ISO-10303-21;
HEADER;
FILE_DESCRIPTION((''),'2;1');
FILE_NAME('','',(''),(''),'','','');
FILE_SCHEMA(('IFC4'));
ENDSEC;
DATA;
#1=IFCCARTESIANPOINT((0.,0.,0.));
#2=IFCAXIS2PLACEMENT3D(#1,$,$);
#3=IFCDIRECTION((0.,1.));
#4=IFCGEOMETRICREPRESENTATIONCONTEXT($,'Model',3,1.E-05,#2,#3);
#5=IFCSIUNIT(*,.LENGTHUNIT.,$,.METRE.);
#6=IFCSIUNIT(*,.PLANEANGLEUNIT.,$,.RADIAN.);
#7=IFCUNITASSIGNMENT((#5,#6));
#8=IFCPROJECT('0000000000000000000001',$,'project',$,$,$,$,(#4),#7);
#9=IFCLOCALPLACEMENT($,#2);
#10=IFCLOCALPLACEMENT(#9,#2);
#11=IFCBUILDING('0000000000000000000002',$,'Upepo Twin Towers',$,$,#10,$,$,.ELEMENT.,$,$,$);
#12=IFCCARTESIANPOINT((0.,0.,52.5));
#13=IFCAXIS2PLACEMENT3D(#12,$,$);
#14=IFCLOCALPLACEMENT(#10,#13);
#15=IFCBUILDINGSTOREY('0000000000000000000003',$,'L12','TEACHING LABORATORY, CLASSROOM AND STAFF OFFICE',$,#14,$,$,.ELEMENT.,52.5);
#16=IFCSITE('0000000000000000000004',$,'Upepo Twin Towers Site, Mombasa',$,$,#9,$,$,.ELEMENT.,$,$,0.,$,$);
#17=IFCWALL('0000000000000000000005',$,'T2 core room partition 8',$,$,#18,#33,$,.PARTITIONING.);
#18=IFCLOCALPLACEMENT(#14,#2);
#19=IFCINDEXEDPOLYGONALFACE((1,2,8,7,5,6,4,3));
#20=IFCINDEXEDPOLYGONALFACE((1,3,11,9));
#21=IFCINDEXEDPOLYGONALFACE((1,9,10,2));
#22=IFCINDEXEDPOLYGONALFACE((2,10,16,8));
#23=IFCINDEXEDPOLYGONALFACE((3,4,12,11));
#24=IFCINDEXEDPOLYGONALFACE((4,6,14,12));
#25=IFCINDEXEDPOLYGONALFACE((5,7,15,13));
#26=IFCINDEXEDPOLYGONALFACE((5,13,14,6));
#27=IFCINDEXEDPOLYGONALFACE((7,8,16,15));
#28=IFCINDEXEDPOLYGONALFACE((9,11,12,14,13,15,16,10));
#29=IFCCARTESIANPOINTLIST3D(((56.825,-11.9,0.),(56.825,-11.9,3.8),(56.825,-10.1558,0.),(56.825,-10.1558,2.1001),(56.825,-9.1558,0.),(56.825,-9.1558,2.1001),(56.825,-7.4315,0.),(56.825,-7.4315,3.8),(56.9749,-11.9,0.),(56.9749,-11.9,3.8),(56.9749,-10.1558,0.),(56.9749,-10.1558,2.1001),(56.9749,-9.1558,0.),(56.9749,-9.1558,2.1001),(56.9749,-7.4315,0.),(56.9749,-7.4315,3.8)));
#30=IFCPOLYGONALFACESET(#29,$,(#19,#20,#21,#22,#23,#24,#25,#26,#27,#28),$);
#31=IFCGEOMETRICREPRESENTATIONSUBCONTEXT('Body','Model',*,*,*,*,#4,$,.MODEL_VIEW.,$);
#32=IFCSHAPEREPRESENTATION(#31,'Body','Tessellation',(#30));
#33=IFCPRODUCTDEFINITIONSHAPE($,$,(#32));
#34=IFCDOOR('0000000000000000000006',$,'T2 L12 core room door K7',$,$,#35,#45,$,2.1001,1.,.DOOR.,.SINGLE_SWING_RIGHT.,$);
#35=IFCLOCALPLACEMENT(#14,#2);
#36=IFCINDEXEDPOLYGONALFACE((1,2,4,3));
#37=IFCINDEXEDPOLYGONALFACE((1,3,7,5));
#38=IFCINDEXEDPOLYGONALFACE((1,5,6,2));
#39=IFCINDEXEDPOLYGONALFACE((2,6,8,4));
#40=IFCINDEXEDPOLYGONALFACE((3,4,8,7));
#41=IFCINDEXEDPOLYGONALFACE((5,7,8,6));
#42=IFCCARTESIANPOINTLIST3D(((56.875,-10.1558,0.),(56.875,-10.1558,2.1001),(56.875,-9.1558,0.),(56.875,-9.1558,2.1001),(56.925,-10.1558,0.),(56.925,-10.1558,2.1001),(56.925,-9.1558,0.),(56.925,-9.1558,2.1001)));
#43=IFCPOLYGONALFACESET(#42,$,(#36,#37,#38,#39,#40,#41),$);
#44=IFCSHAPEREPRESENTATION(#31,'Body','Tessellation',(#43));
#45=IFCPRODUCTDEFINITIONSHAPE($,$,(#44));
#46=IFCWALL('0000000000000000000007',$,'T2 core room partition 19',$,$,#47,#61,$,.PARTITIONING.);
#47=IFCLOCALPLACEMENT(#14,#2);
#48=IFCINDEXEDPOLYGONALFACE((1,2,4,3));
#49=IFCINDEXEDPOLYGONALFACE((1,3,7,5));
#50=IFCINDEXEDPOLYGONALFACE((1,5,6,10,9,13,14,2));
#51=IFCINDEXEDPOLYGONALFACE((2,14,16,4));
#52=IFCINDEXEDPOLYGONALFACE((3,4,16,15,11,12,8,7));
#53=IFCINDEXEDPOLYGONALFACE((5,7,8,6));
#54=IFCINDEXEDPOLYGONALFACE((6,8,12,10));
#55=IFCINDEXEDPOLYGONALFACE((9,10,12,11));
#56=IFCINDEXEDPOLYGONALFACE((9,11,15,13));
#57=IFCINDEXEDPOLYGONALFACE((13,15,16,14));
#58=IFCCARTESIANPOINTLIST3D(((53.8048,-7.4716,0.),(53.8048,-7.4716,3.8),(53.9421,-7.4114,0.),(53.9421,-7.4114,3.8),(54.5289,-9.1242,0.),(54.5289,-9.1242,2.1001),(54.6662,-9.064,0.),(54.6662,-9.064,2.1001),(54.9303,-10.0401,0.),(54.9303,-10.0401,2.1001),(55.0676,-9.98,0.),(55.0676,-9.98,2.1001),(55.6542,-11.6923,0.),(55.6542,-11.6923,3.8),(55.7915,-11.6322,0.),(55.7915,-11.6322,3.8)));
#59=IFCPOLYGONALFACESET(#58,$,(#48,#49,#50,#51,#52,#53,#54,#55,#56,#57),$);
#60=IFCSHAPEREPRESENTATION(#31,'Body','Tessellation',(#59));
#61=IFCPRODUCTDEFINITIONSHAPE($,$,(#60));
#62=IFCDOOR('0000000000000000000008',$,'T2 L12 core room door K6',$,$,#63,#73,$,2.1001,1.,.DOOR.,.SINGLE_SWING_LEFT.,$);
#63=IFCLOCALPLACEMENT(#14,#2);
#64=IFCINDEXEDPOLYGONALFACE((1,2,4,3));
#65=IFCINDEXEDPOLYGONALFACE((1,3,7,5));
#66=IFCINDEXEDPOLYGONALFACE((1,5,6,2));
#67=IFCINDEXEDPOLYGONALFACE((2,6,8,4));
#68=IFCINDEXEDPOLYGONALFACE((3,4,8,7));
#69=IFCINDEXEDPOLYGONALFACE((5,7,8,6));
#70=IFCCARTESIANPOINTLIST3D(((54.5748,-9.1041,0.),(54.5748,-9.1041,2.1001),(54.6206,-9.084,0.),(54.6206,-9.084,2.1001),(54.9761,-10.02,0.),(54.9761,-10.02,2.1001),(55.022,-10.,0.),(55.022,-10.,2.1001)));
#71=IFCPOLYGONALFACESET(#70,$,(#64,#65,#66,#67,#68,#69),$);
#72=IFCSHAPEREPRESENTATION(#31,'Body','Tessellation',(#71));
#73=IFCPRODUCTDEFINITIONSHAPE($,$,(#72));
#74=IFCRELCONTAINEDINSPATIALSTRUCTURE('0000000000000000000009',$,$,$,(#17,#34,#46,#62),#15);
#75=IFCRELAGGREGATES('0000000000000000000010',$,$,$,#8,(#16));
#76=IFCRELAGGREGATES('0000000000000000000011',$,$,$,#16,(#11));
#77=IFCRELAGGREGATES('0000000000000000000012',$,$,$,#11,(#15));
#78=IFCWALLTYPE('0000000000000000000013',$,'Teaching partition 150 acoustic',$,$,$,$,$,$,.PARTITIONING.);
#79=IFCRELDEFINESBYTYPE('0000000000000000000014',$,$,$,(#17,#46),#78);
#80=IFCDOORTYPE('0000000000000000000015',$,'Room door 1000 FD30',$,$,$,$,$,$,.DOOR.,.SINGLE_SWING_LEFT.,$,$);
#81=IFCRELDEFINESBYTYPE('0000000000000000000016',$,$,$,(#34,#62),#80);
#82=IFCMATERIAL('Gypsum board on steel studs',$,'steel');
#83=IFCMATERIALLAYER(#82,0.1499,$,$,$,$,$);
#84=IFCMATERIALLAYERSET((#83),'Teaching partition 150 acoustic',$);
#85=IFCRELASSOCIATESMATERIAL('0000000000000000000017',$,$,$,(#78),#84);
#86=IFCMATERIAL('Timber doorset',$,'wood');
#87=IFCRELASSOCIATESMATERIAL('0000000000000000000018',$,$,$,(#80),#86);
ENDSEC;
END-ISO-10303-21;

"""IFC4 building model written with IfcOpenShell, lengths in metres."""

from ifc_helpers import new_model, si_unit, direction, frame, frame_2d, origin, place, context, subcontext, project, spatial, rectangle, extrude, material, layer, layer_set, type_object, element, fill, save


model = new_model("IFC4")

# Units and contexts
model_context = context("Model", 3, precision=1e-05, world=origin(), true_north=direction((0.0, 1.0)))
body_context = subcontext(model_context, "Body", "Model", "MODEL_VIEW")
ifc_project = project(units=[si_unit("LENGTHUNIT", "METRE"), si_unit("PLANEANGLEUNIT", "RADIAN")], contexts=[model_context])

# Site, building, storey
site_placement = place(None, origin())
site = spatial("IfcSite", under=ifc_project, at=site_placement, Name="Upepo Twin Towers Site, Mombasa", CompositionType="ELEMENT", RefElevation=0.0)
building_placement = place(site_placement, origin())
building = spatial("IfcBuilding", under=site, at=building_placement, Name="Upepo Twin Towers", CompositionType="ELEMENT")
storey_placement = place(building_placement, frame((0.0, 0.0, 52.5)))
storey = spatial("IfcBuildingStorey", under=building, at=storey_placement, Name="L12", Description="TEACHING LABORATORY, CLASSROOM AND STAFF OFFICE", CompositionType="ELEMENT", Elevation=52.5)

# Shared definitions
ifc_material_1 = material(Name="Gypsum board on steel studs", Category="steel")
ifc_layer_1 = layer(ifc_material_1, 0.1499)
ifc_layer_set_1 = layer_set([ifc_layer_1], Name="Teaching partition 150 acoustic")
wall_type_1 = type_object("IfcWallType", Name="Teaching partition 150 acoustic", PredefinedType="PARTITIONING", material=ifc_layer_set_1)

# Walls, openings, doors
wall_1_placement = place(storey_placement, frame((56.8999, -11.9001, 0.0), z_axis=(0.0, 0.0, 1.0), x_axis=(0.0, 1.0, 0.0)))
wall_1 = element("IfcWall", 1, at=wall_1_placement, inside=storey, type_object=wall_type_1, Name="T2 core room partition 8", PredefinedType="PARTITIONING", context=body_context, shape_type="SweptSolid", body=[
    extrude(rectangle(XDim=4.4685, YDim=0.1499, at=frame_2d((2.2344, 0.0))), origin(), (0.0, 0.0, 1.0), 3.8),
])
opening_1_placement = place(wall_1_placement, frame((1.7444, 0.0, 0.0)))
opening_1 = element("IfcOpeningElement", 2, at=opening_1_placement, cuts=wall_1, PredefinedType="OPENING", context=body_context, shape_type="SweptSolid", body=[
    extrude(rectangle(XDim=1.0, YDim=2.1001, at=frame_2d((0.5, 1.05))), frame((0.0, 0.085, 0.0), z_axis=(0.0, -1.0, 0.0), x_axis=(1.0, 0.0, 0.0)), (0.0, 0.0, 1.0), 0.1699),
])
ifc_material_2 = material(Name="Timber doorset", Category="wood")
door_type_1 = type_object("IfcDoorType", Name="Room door 1000 FD30", OperationType="SINGLE_SWING_LEFT", PredefinedType="DOOR", material=ifc_material_2)
door_1_placement = place(opening_1_placement, origin())
door_1 = element("IfcDoor", 3, at=door_1_placement, inside=storey, type_object=door_type_1, Name="T2 L12 core room door K7", OperationType="SINGLE_SWING_RIGHT", OverallHeight=2.1001, OverallWidth=1.0, PredefinedType="DOOR", context=body_context, shape_type="SweptSolid", body=[
    extrude(rectangle(XDim=1.0, YDim=2.1001, at=frame_2d((0.5, 1.05))), frame((0.0, 0.0249, 0.0), z_axis=(0.0, -1.0, 0.0), x_axis=(1.0, 0.0, 0.0)), (0.0, 0.0, 1.0), 0.05),
])
fill(opening_1, door_1)
wall_2_placement = place(storey_placement, frame((55.7229, -11.6624, 0.0), z_axis=(0.0, 0.0, 1.0), x_axis=(-0.40133, 0.915933, 0.0)))
wall_2 = element("IfcWall", 4, at=wall_2_placement, inside=storey, type_object=wall_type_1, Name="T2 core room partition 19", PredefinedType="PARTITIONING", context=body_context, shape_type="SweptSolid", body=[
    extrude(rectangle(XDim=4.6082, YDim=0.1499, at=frame_2d((2.3042, 0.0))), origin(), (0.0, 0.0, 1.0), 3.8),
])
opening_2_placement = place(wall_2_placement, frame((1.804, 0.0, 0.0)))
opening_2 = element("IfcOpeningElement", 5, at=opening_2_placement, cuts=wall_2, PredefinedType="OPENING", context=body_context, shape_type="SweptSolid", body=[
    extrude(rectangle(XDim=1.0, YDim=2.1001, at=frame_2d((0.5, 1.05))), frame((0.0, 0.085, 0.0), z_axis=(0.0, -1.0, 0.0), x_axis=(1.0, 0.0, 0.0)), (0.0, 0.0, 1.0), 0.1699),
])
door_2_placement = place(opening_2_placement, origin())
door_2 = element("IfcDoor", 6, at=door_2_placement, inside=storey, type_object=door_type_1, Name="T2 L12 core room door K6", OperationType="SINGLE_SWING_LEFT", OverallHeight=2.1001, OverallWidth=1.0, PredefinedType="DOOR", context=body_context, shape_type="SweptSolid", body=[
    extrude(rectangle(XDim=1.0, YDim=2.1001, at=frame_2d((0.5, 1.05))), frame((0.0, 0.0249, 0.0), z_axis=(0.0, -1.0, 0.0), x_axis=(1.0, 0.0, 0.0)), (0.0, 0.0, 1.0), 0.05),
])
fill(opening_2, door_2)

save(model, "model.ifc")
